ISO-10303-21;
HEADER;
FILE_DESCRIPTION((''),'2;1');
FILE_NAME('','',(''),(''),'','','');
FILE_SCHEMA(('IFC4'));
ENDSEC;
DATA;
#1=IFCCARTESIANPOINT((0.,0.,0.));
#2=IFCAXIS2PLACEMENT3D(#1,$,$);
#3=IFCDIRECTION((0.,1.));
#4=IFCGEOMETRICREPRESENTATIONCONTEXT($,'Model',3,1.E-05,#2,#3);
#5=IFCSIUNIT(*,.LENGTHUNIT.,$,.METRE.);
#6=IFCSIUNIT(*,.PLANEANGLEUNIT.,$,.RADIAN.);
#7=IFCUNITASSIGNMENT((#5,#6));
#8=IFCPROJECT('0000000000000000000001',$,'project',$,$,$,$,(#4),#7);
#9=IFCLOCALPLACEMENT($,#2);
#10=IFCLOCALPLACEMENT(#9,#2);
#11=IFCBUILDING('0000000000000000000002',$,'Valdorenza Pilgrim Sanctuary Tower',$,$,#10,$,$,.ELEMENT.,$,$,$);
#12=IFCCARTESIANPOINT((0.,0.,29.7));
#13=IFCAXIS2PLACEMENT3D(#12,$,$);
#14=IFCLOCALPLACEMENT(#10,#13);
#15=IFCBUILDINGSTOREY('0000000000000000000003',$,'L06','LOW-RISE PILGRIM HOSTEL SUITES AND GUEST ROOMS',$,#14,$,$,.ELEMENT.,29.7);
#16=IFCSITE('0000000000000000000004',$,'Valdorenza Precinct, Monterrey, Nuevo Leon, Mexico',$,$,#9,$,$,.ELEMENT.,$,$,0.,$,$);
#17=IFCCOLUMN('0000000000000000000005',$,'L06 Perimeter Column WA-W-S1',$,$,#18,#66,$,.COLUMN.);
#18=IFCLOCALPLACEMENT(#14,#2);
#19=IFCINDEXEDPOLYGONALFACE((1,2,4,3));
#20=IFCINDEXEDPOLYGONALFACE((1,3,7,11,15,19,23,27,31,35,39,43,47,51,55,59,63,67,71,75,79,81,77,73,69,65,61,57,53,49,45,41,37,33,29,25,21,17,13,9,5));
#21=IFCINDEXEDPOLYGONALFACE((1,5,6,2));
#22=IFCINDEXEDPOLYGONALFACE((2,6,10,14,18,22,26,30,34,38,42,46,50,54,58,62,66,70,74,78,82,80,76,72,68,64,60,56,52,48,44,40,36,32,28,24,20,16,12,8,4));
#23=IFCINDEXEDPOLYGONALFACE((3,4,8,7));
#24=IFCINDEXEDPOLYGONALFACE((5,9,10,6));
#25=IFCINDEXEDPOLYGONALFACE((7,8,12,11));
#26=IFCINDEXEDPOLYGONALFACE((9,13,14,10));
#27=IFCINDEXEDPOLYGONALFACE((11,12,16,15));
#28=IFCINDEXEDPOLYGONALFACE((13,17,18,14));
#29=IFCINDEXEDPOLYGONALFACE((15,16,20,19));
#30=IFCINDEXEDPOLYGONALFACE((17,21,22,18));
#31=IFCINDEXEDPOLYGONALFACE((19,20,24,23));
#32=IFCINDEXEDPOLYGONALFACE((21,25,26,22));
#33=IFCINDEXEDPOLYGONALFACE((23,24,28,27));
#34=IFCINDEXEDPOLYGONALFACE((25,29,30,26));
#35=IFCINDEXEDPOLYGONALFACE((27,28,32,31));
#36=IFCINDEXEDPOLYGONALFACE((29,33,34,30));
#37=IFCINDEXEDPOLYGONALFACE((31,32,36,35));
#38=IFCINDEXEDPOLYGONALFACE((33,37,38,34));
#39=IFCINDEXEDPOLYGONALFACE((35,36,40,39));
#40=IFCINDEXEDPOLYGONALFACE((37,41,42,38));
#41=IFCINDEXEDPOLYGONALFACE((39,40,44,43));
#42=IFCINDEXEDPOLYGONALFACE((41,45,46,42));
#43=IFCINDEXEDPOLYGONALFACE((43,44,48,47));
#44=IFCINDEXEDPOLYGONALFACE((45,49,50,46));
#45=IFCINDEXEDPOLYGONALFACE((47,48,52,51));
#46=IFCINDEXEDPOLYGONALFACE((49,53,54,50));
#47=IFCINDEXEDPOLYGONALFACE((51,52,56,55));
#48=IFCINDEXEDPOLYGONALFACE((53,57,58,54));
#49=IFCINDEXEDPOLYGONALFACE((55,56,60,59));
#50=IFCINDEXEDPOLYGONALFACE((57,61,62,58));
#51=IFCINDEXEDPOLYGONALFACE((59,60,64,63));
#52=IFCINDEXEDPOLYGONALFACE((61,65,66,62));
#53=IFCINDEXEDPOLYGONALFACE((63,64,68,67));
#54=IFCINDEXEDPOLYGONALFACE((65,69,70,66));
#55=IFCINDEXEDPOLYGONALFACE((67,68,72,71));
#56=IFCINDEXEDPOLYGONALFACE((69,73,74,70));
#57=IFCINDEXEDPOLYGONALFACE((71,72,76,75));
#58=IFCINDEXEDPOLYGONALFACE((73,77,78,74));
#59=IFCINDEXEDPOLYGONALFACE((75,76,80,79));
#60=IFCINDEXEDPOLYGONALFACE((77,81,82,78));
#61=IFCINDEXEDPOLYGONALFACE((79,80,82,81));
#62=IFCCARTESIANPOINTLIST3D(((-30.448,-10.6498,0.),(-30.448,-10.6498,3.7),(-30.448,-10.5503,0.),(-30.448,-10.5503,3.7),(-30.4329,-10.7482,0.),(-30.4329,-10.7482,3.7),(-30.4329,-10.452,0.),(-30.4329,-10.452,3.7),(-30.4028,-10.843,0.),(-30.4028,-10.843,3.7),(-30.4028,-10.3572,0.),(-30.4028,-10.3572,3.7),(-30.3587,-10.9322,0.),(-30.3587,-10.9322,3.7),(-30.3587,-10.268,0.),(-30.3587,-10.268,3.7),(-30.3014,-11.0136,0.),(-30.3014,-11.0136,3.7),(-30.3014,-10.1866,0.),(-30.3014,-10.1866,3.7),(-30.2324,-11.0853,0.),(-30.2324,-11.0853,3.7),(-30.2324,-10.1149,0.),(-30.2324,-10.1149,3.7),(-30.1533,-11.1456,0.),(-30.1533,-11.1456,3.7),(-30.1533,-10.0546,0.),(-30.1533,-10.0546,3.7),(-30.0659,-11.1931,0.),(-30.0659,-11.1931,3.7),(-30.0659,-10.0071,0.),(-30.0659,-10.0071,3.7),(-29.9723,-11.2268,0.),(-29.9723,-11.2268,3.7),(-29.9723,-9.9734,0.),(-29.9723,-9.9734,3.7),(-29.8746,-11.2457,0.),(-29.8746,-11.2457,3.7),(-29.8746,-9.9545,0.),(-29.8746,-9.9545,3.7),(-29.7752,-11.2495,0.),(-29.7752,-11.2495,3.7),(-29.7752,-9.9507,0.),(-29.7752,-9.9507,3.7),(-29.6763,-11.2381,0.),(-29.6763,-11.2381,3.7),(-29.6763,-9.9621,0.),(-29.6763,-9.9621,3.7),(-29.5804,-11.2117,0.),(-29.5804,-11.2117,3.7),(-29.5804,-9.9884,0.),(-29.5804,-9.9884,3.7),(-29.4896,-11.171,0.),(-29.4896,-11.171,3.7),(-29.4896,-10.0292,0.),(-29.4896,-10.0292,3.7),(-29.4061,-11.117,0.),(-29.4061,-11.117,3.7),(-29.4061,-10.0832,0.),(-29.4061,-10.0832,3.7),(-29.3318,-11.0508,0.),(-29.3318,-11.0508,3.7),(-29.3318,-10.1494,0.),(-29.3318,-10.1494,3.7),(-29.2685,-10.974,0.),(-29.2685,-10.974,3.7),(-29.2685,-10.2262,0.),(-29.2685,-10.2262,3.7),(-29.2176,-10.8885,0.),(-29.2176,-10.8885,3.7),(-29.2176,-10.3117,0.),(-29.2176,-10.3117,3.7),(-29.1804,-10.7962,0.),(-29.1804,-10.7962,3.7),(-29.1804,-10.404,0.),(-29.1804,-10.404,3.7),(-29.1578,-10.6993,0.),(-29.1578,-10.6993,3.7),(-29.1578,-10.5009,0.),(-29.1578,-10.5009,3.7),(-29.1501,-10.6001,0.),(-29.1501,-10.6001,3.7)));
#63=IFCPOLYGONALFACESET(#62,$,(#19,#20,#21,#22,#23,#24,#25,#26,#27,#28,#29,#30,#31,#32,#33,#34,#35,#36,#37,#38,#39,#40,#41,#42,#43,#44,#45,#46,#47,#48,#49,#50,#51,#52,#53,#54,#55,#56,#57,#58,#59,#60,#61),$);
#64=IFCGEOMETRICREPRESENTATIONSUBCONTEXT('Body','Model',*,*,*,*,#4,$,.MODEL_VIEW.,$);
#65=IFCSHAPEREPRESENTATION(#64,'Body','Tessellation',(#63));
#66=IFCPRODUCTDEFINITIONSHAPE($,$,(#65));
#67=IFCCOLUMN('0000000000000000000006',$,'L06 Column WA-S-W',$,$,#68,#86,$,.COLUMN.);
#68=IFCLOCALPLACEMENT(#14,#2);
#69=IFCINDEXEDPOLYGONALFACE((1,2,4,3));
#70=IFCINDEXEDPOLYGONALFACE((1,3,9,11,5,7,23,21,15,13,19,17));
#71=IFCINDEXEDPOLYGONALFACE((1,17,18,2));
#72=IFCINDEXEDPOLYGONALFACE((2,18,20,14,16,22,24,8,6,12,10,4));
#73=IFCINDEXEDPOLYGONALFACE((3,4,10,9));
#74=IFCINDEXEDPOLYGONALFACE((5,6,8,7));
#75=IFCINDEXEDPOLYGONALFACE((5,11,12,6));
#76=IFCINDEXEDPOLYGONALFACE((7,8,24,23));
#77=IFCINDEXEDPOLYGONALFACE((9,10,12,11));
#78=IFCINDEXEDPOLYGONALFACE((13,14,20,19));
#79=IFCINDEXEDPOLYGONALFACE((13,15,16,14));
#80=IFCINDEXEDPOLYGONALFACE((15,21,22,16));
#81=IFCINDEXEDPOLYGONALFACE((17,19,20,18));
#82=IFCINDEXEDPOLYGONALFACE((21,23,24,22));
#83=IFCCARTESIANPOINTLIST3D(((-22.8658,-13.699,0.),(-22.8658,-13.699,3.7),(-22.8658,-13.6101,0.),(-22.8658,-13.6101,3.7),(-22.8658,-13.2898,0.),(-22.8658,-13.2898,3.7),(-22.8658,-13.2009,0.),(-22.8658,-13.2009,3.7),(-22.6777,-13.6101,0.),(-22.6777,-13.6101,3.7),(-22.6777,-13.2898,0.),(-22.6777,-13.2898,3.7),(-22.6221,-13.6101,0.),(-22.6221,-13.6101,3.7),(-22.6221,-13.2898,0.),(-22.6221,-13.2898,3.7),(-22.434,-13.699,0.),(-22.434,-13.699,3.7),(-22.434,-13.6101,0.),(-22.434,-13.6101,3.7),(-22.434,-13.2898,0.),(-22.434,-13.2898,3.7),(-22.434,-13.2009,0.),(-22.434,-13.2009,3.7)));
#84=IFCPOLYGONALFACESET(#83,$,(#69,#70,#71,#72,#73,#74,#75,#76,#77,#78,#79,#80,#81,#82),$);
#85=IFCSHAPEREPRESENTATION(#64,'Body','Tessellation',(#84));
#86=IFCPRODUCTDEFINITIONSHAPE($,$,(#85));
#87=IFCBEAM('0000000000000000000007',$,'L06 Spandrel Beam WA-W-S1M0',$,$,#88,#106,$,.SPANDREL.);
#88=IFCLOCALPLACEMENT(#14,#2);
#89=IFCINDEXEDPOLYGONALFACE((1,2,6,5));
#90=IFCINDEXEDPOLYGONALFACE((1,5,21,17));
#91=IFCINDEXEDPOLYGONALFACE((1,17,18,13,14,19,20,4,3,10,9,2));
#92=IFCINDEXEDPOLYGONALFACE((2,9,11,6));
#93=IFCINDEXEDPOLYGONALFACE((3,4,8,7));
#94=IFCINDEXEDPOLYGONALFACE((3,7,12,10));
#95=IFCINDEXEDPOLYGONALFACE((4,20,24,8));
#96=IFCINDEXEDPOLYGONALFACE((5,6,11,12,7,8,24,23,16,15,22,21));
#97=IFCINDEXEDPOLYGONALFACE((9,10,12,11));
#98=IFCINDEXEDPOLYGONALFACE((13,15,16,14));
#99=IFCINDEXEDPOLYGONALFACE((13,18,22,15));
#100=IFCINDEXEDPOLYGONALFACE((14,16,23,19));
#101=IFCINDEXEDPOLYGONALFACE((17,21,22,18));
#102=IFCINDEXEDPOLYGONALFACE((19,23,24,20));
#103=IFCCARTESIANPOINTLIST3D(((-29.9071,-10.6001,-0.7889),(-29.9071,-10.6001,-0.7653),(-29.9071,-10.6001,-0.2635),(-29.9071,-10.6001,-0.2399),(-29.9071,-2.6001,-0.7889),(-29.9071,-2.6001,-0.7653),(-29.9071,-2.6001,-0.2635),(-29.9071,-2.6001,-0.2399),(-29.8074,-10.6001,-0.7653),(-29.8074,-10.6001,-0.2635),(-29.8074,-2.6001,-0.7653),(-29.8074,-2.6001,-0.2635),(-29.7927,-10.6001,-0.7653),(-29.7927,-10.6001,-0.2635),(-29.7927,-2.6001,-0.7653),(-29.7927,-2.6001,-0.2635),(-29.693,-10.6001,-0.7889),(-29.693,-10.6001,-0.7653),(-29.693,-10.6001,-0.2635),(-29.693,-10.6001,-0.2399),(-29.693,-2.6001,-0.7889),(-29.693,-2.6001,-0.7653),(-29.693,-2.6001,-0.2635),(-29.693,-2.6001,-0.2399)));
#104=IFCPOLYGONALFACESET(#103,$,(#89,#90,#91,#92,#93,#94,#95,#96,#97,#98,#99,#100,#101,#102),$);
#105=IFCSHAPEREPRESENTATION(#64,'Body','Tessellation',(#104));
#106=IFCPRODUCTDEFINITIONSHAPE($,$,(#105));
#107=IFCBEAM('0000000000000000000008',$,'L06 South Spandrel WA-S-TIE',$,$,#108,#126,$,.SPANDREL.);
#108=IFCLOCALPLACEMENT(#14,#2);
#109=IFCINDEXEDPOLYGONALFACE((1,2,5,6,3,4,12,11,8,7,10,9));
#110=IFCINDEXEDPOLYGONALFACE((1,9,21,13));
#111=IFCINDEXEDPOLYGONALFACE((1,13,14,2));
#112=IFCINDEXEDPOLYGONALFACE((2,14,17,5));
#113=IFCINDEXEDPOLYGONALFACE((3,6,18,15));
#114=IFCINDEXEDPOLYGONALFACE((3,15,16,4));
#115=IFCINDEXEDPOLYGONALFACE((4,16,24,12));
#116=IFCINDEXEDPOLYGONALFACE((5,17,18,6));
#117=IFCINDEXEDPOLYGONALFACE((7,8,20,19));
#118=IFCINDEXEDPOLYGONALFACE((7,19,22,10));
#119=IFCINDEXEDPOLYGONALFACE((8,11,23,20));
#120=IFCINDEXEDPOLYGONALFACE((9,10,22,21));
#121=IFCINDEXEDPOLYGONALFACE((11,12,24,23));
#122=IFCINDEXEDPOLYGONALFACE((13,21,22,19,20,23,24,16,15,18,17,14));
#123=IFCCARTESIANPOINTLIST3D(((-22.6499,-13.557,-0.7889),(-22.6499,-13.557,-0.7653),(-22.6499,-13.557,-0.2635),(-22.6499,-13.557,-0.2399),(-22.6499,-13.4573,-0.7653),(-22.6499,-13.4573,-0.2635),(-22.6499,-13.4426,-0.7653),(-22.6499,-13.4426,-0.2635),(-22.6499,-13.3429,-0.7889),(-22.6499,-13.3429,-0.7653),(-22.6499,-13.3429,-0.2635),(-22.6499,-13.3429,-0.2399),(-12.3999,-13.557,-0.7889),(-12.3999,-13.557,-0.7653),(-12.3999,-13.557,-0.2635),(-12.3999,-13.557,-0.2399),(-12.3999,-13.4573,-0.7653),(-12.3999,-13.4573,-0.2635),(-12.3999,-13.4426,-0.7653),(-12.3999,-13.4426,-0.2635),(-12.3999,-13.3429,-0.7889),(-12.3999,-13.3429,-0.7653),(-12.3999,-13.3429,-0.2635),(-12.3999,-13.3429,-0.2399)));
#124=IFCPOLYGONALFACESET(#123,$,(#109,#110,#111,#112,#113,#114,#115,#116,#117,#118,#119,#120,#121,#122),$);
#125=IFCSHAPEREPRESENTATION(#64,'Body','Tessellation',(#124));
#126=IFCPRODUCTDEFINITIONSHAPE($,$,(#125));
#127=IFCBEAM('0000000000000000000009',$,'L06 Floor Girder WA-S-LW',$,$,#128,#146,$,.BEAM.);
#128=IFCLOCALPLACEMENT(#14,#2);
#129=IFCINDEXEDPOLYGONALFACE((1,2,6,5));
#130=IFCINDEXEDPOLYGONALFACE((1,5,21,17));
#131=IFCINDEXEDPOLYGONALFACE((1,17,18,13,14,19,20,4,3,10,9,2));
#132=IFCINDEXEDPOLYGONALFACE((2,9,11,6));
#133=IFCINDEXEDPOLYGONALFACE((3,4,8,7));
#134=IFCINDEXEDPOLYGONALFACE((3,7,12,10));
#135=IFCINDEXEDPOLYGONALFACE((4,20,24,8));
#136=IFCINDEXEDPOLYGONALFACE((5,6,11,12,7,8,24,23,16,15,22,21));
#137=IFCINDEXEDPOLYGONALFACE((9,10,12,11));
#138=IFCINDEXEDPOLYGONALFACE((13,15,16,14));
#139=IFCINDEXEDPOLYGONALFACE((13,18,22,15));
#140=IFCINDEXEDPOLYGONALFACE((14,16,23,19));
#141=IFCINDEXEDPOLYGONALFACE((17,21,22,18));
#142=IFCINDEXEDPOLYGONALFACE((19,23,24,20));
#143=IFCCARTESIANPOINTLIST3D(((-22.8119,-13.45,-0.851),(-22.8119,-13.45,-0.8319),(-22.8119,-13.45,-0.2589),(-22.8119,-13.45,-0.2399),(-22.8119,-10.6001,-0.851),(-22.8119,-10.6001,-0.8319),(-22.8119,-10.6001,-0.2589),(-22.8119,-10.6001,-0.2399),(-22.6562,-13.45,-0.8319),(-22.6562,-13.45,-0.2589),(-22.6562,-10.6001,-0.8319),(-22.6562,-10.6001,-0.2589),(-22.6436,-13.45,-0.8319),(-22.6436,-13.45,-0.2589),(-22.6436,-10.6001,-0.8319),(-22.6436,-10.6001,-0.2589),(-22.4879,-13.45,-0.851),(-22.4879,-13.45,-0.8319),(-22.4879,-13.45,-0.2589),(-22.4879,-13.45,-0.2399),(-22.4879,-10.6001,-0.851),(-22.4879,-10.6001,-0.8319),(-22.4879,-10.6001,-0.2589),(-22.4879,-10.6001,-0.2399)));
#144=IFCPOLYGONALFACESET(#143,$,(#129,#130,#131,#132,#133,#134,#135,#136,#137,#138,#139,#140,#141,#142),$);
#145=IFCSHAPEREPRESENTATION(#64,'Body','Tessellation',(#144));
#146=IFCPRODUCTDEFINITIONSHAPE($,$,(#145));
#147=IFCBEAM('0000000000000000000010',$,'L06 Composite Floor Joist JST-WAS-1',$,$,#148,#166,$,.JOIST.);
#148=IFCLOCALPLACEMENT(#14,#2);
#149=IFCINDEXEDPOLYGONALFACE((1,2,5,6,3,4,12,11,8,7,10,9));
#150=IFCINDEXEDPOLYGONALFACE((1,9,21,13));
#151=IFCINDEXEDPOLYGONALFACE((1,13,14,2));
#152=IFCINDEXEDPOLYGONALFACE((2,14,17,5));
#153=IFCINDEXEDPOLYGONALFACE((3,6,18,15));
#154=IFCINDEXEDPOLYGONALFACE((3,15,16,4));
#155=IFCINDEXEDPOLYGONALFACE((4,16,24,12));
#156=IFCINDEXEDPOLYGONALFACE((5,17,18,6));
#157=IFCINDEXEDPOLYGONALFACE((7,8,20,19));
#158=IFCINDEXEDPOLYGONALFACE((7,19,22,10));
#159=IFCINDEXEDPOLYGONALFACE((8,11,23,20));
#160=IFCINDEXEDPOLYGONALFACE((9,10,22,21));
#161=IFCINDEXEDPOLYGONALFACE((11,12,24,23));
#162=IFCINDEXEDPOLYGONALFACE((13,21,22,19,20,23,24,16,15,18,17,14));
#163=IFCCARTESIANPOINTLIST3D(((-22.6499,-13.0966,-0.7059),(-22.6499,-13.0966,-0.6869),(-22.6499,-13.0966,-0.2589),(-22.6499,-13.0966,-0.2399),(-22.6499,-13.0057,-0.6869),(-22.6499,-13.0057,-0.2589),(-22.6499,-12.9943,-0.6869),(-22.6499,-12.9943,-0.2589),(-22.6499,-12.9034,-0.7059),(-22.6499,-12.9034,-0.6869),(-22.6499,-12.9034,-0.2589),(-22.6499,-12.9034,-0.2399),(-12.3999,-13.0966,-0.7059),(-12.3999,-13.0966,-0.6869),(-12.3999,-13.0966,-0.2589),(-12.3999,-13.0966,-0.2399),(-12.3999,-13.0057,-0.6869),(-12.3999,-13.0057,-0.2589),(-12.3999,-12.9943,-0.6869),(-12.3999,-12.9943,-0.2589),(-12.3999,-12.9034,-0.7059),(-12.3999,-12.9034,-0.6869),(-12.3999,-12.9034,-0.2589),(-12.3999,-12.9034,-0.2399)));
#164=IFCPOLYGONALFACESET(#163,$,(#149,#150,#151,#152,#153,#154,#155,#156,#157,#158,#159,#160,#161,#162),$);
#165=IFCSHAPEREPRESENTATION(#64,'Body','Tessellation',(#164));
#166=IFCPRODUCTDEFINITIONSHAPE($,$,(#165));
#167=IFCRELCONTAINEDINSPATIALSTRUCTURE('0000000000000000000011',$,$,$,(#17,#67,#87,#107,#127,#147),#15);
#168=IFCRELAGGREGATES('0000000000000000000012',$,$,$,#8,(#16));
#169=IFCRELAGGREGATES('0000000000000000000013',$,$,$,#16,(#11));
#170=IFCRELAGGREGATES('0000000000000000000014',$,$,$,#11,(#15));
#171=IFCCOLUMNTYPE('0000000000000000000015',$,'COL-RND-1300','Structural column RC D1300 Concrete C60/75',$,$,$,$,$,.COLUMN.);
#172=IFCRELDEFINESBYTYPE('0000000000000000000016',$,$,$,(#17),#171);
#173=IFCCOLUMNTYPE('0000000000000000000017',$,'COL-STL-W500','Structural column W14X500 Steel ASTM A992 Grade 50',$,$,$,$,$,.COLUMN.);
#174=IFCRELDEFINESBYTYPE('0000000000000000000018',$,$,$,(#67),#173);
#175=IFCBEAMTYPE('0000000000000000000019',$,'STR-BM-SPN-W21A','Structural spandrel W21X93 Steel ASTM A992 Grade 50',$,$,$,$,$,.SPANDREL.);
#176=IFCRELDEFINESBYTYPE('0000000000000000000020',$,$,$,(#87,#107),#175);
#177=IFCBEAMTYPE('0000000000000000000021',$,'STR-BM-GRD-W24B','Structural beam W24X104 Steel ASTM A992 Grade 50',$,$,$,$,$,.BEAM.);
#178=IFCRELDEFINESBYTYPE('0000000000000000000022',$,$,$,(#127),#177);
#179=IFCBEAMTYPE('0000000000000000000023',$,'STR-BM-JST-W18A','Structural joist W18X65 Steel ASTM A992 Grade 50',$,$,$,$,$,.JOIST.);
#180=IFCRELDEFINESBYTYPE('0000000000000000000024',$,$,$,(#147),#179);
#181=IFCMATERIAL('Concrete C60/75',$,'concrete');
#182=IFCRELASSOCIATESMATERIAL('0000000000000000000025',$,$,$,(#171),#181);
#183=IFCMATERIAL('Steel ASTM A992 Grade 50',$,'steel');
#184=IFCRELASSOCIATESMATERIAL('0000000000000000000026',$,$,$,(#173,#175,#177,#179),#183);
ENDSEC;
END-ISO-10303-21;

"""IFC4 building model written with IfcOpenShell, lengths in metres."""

from ifc_helpers import new_model, si_unit, direction, frame, origin, origin_2d, place, context, subcontext, project, spatial, circle, i_section, extrude, source, transform, mapped, material, material_profile, profile_set, type_object, element, save


model = new_model("IFC4")

# Units and contexts
model_context = context("Model", 3, precision=1e-05, world=origin(), true_north=direction((0.0, 1.0)))
body_context = subcontext(model_context, "Body", "Model", "MODEL_VIEW")
ifc_project = project(units=[si_unit("LENGTHUNIT", "METRE"), si_unit("PLANEANGLEUNIT", "RADIAN")], contexts=[model_context])

# Site, building, storey
site_placement = place(None, origin())
site = spatial("IfcSite", under=ifc_project, at=site_placement, Name="Valdorenza Precinct, Monterrey, Nuevo Leon, Mexico", CompositionType="ELEMENT", RefElevation=0.0)
building_placement = place(site_placement, origin())
building = spatial("IfcBuilding", under=site, at=building_placement, Name="Valdorenza Pilgrim Sanctuary Tower", CompositionType="ELEMENT")
storey_placement = place(building_placement, frame((0.0, 0.0, 29.7)))
storey = spatial("IfcBuildingStorey", under=building, at=storey_placement, Name="L06", Description="LOW-RISE PILGRIM HOSTEL SUITES AND GUEST ROOMS", CompositionType="ELEMENT", Elevation=29.7)

# Columns
ifc_material_1 = material(Name="Concrete C60/75", Category="concrete")
ifc_material_profile_1 = material_profile(ifc_material_1, circle(Radius=0.6499, at=origin_2d()), Name="RC D1300")
ifc_profile_set_1 = profile_set([ifc_material_profile_1], Name="Concrete C60/75")
column_type_1 = type_object("IfcColumnType", Name="COL-RND-1300", Description="Structural column RC D1300 Concrete C60/75", PredefinedType="COLUMN", material=ifc_profile_set_1)
shared_shape_1 = source(origin(), body_context, "Body", "SweptSolid", [
    extrude(circle(Radius=0.6499, at=origin_2d()), origin(), (0.0, 0.0, 1.0), 3.7),
])
column_1_placement = place(storey_placement, frame((-29.8, -10.6001, 0.0), z_axis=(0.0, 0.0, 1.0), x_axis=(1.0, 0.0, 0.0)))
element("IfcColumn", 1, at=column_1_placement, inside=storey, type_object=column_type_1, Name="L06 Perimeter Column WA-W-S1", PredefinedType="COLUMN", context=body_context, shape_type="MappedRepresentation", body=[
    mapped(shared_shape_1, transform((0.0, 0.0, 0.0), x_axis=(1.0, 0.0, 0.0), y_axis=(0.0, 1.0, 0.0), z_axis=(0.0, 0.0, 1.0), scale=1.0)),
])
ifc_material_2 = material(Name="Steel ASTM A992 Grade 50", Category="steel")
ifc_material_profile_2 = material_profile(ifc_material_2, i_section(OverallWidth=0.4319, OverallDepth=0.498, WebThickness=0.0557, FlangeThickness=0.0889, at=origin_2d()), Name="W14X500")
ifc_profile_set_2 = profile_set([ifc_material_profile_2], Name="Steel ASTM A992 Grade 50")
column_type_2 = type_object("IfcColumnType", Name="COL-STL-W500", Description="Structural column W14X500 Steel ASTM A992 Grade 50", PredefinedType="COLUMN", material=ifc_profile_set_2)
shared_shape_2 = source(origin(), body_context, "Body", "SweptSolid", [
    extrude(i_section(OverallWidth=0.4319, OverallDepth=0.498, WebThickness=0.0557, FlangeThickness=0.0889, at=origin_2d()), origin(), (0.0, 0.0, 1.0), 3.7),
])
column_2_placement = place(storey_placement, frame((-22.6499, -13.45, 0.0), z_axis=(0.0, 0.0, 1.0), x_axis=(1.0, 0.0, 0.0)))
element("IfcColumn", 2, at=column_2_placement, inside=storey, type_object=column_type_2, Name="L06 Column WA-S-W", PredefinedType="COLUMN", context=body_context, shape_type="MappedRepresentation", body=[
    mapped(shared_shape_2, transform((0.0, 0.0, 0.0), x_axis=(1.0, 0.0, 0.0), y_axis=(0.0, 1.0, 0.0), z_axis=(0.0, 0.0, 1.0), scale=1.0)),
])

# Beams
ifc_material_profile_3 = material_profile(ifc_material_2, i_section(OverallWidth=0.2141, OverallDepth=0.5491, WebThickness=0.0146, FlangeThickness=0.0237, at=origin_2d()), Name="W21X93")
ifc_profile_set_3 = profile_set([ifc_material_profile_3], Name="Steel ASTM A992 Grade 50")
beam_type_1 = type_object("IfcBeamType", Name="STR-BM-SPN-W21A", Description="Structural spandrel W21X93 Steel ASTM A992 Grade 50", PredefinedType="SPANDREL", material=ifc_profile_set_3)
shared_shape_3 = source(origin(), body_context, "Body", "SweptSolid", [
    extrude(i_section(OverallWidth=0.2141, OverallDepth=0.5491, WebThickness=0.0146, FlangeThickness=0.0237, at=origin_2d()), origin(), (0.0, 0.0, 1.0), 8.0),
])
beam_1_placement = place(storey_placement, frame((-29.8, -10.6001, -0.5144), z_axis=(0.0, 1.0, 0.0), x_axis=(-1.0, 0.0, 0.0)))
element("IfcBeam", 3, at=beam_1_placement, inside=storey, type_object=beam_type_1, Name="L06 Spandrel Beam WA-W-S1M0", PredefinedType="SPANDREL", context=body_context, shape_type="MappedRepresentation", body=[
    mapped(shared_shape_3, transform((0.0, 0.0, 0.0), x_axis=(1.0, 0.0, 0.0), y_axis=(0.0, 1.0, 0.0), z_axis=(0.0, 0.0, 1.0), scale=1.0)),
])
shared_shape_4 = source(origin(), body_context, "Body", "SweptSolid", [
    extrude(i_section(OverallWidth=0.2141, OverallDepth=0.5491, WebThickness=0.0146, FlangeThickness=0.0237, at=origin_2d()), origin(), (0.0, 0.0, 1.0), 10.25),
])
beam_2_placement = place(storey_placement, frame((-22.6499, -13.45, -0.5144), z_axis=(1.0, 0.0, 0.0), x_axis=(0.0, 1.0, 0.0)))
element("IfcBeam", 4, at=beam_2_placement, inside=storey, type_object=beam_type_1, Name="L06 South Spandrel WA-S-TIE", PredefinedType="SPANDREL", context=body_context, shape_type="MappedRepresentation", body=[
    mapped(shared_shape_4, transform((0.0, 0.0, 0.0), x_axis=(1.0, 0.0, 0.0), y_axis=(0.0, 1.0, 0.0), z_axis=(0.0, 0.0, 1.0), scale=1.0)),
])
ifc_material_profile_4 = material_profile(ifc_material_2, i_section(OverallWidth=0.324, OverallDepth=0.6111, WebThickness=0.0127, FlangeThickness=0.019, at=origin_2d()), Name="W24X104")
ifc_profile_set_4 = profile_set([ifc_material_profile_4], Name="Steel ASTM A992 Grade 50")
beam_type_2 = type_object("IfcBeamType", Name="STR-BM-GRD-W24B", Description="Structural beam W24X104 Steel ASTM A992 Grade 50", PredefinedType="BEAM", material=ifc_profile_set_4)
shared_shape_5 = source(origin(), body_context, "Body", "SweptSolid", [
    extrude(i_section(OverallWidth=0.324, OverallDepth=0.6111, WebThickness=0.0127, FlangeThickness=0.019, at=origin_2d()), origin(), (0.0, 0.0, 1.0), 2.8499),
])
beam_3_placement = place(storey_placement, frame((-22.6499, -13.45, -0.5454), z_axis=(0.0, 1.0, 0.0), x_axis=(-1.0, 0.0, 0.0)))
element("IfcBeam", 5, at=beam_3_placement, inside=storey, type_object=beam_type_2, Name="L06 Floor Girder WA-S-LW", PredefinedType="BEAM", context=body_context, shape_type="MappedRepresentation", body=[
    mapped(shared_shape_5, transform((0.0, 0.0, 0.0), x_axis=(1.0, 0.0, 0.0), y_axis=(0.0, 1.0, 0.0), z_axis=(0.0, 0.0, 1.0), scale=1.0)),
])
ifc_material_profile_5 = material_profile(ifc_material_2, i_section(OverallWidth=0.1931, OverallDepth=0.4661, WebThickness=0.0115, FlangeThickness=0.019, at=origin_2d()), Name="W18X65")
ifc_profile_set_5 = profile_set([ifc_material_profile_5], Name="Steel ASTM A992 Grade 50")
beam_type_3 = type_object("IfcBeamType", Name="STR-BM-JST-W18A", Description="Structural joist W18X65 Steel ASTM A992 Grade 50", PredefinedType="JOIST", material=ifc_profile_set_5)
shared_shape_6 = source(origin(), body_context, "Body", "SweptSolid", [
    extrude(i_section(OverallWidth=0.1931, OverallDepth=0.4661, WebThickness=0.0115, FlangeThickness=0.019, at=origin_2d()), origin(), (0.0, 0.0, 1.0), 10.25),
])
for number, where, z_axis, x_axis, name in (
    (6, (-22.6499, -13.0, -0.4729), (1.0, 0.0, 0.0), (0.0, 1.0, 0.0), "L06 Composite Floor Joist JST-WAS-1"),
):
    element("IfcBeam", number, at=place(storey_placement, frame(where, z_axis=z_axis, x_axis=x_axis)), inside=storey, type_object=beam_type_3, Name=name, PredefinedType="JOIST", context=body_context, shape_type="MappedRepresentation", body=[
        mapped(shared_shape_6, transform((0.0, 0.0, 0.0), x_axis=(1.0, 0.0, 0.0), y_axis=(0.0, 1.0, 0.0), z_axis=(0.0, 0.0, 1.0), scale=1.0)),
    ])

save(model, "model.ifc")
